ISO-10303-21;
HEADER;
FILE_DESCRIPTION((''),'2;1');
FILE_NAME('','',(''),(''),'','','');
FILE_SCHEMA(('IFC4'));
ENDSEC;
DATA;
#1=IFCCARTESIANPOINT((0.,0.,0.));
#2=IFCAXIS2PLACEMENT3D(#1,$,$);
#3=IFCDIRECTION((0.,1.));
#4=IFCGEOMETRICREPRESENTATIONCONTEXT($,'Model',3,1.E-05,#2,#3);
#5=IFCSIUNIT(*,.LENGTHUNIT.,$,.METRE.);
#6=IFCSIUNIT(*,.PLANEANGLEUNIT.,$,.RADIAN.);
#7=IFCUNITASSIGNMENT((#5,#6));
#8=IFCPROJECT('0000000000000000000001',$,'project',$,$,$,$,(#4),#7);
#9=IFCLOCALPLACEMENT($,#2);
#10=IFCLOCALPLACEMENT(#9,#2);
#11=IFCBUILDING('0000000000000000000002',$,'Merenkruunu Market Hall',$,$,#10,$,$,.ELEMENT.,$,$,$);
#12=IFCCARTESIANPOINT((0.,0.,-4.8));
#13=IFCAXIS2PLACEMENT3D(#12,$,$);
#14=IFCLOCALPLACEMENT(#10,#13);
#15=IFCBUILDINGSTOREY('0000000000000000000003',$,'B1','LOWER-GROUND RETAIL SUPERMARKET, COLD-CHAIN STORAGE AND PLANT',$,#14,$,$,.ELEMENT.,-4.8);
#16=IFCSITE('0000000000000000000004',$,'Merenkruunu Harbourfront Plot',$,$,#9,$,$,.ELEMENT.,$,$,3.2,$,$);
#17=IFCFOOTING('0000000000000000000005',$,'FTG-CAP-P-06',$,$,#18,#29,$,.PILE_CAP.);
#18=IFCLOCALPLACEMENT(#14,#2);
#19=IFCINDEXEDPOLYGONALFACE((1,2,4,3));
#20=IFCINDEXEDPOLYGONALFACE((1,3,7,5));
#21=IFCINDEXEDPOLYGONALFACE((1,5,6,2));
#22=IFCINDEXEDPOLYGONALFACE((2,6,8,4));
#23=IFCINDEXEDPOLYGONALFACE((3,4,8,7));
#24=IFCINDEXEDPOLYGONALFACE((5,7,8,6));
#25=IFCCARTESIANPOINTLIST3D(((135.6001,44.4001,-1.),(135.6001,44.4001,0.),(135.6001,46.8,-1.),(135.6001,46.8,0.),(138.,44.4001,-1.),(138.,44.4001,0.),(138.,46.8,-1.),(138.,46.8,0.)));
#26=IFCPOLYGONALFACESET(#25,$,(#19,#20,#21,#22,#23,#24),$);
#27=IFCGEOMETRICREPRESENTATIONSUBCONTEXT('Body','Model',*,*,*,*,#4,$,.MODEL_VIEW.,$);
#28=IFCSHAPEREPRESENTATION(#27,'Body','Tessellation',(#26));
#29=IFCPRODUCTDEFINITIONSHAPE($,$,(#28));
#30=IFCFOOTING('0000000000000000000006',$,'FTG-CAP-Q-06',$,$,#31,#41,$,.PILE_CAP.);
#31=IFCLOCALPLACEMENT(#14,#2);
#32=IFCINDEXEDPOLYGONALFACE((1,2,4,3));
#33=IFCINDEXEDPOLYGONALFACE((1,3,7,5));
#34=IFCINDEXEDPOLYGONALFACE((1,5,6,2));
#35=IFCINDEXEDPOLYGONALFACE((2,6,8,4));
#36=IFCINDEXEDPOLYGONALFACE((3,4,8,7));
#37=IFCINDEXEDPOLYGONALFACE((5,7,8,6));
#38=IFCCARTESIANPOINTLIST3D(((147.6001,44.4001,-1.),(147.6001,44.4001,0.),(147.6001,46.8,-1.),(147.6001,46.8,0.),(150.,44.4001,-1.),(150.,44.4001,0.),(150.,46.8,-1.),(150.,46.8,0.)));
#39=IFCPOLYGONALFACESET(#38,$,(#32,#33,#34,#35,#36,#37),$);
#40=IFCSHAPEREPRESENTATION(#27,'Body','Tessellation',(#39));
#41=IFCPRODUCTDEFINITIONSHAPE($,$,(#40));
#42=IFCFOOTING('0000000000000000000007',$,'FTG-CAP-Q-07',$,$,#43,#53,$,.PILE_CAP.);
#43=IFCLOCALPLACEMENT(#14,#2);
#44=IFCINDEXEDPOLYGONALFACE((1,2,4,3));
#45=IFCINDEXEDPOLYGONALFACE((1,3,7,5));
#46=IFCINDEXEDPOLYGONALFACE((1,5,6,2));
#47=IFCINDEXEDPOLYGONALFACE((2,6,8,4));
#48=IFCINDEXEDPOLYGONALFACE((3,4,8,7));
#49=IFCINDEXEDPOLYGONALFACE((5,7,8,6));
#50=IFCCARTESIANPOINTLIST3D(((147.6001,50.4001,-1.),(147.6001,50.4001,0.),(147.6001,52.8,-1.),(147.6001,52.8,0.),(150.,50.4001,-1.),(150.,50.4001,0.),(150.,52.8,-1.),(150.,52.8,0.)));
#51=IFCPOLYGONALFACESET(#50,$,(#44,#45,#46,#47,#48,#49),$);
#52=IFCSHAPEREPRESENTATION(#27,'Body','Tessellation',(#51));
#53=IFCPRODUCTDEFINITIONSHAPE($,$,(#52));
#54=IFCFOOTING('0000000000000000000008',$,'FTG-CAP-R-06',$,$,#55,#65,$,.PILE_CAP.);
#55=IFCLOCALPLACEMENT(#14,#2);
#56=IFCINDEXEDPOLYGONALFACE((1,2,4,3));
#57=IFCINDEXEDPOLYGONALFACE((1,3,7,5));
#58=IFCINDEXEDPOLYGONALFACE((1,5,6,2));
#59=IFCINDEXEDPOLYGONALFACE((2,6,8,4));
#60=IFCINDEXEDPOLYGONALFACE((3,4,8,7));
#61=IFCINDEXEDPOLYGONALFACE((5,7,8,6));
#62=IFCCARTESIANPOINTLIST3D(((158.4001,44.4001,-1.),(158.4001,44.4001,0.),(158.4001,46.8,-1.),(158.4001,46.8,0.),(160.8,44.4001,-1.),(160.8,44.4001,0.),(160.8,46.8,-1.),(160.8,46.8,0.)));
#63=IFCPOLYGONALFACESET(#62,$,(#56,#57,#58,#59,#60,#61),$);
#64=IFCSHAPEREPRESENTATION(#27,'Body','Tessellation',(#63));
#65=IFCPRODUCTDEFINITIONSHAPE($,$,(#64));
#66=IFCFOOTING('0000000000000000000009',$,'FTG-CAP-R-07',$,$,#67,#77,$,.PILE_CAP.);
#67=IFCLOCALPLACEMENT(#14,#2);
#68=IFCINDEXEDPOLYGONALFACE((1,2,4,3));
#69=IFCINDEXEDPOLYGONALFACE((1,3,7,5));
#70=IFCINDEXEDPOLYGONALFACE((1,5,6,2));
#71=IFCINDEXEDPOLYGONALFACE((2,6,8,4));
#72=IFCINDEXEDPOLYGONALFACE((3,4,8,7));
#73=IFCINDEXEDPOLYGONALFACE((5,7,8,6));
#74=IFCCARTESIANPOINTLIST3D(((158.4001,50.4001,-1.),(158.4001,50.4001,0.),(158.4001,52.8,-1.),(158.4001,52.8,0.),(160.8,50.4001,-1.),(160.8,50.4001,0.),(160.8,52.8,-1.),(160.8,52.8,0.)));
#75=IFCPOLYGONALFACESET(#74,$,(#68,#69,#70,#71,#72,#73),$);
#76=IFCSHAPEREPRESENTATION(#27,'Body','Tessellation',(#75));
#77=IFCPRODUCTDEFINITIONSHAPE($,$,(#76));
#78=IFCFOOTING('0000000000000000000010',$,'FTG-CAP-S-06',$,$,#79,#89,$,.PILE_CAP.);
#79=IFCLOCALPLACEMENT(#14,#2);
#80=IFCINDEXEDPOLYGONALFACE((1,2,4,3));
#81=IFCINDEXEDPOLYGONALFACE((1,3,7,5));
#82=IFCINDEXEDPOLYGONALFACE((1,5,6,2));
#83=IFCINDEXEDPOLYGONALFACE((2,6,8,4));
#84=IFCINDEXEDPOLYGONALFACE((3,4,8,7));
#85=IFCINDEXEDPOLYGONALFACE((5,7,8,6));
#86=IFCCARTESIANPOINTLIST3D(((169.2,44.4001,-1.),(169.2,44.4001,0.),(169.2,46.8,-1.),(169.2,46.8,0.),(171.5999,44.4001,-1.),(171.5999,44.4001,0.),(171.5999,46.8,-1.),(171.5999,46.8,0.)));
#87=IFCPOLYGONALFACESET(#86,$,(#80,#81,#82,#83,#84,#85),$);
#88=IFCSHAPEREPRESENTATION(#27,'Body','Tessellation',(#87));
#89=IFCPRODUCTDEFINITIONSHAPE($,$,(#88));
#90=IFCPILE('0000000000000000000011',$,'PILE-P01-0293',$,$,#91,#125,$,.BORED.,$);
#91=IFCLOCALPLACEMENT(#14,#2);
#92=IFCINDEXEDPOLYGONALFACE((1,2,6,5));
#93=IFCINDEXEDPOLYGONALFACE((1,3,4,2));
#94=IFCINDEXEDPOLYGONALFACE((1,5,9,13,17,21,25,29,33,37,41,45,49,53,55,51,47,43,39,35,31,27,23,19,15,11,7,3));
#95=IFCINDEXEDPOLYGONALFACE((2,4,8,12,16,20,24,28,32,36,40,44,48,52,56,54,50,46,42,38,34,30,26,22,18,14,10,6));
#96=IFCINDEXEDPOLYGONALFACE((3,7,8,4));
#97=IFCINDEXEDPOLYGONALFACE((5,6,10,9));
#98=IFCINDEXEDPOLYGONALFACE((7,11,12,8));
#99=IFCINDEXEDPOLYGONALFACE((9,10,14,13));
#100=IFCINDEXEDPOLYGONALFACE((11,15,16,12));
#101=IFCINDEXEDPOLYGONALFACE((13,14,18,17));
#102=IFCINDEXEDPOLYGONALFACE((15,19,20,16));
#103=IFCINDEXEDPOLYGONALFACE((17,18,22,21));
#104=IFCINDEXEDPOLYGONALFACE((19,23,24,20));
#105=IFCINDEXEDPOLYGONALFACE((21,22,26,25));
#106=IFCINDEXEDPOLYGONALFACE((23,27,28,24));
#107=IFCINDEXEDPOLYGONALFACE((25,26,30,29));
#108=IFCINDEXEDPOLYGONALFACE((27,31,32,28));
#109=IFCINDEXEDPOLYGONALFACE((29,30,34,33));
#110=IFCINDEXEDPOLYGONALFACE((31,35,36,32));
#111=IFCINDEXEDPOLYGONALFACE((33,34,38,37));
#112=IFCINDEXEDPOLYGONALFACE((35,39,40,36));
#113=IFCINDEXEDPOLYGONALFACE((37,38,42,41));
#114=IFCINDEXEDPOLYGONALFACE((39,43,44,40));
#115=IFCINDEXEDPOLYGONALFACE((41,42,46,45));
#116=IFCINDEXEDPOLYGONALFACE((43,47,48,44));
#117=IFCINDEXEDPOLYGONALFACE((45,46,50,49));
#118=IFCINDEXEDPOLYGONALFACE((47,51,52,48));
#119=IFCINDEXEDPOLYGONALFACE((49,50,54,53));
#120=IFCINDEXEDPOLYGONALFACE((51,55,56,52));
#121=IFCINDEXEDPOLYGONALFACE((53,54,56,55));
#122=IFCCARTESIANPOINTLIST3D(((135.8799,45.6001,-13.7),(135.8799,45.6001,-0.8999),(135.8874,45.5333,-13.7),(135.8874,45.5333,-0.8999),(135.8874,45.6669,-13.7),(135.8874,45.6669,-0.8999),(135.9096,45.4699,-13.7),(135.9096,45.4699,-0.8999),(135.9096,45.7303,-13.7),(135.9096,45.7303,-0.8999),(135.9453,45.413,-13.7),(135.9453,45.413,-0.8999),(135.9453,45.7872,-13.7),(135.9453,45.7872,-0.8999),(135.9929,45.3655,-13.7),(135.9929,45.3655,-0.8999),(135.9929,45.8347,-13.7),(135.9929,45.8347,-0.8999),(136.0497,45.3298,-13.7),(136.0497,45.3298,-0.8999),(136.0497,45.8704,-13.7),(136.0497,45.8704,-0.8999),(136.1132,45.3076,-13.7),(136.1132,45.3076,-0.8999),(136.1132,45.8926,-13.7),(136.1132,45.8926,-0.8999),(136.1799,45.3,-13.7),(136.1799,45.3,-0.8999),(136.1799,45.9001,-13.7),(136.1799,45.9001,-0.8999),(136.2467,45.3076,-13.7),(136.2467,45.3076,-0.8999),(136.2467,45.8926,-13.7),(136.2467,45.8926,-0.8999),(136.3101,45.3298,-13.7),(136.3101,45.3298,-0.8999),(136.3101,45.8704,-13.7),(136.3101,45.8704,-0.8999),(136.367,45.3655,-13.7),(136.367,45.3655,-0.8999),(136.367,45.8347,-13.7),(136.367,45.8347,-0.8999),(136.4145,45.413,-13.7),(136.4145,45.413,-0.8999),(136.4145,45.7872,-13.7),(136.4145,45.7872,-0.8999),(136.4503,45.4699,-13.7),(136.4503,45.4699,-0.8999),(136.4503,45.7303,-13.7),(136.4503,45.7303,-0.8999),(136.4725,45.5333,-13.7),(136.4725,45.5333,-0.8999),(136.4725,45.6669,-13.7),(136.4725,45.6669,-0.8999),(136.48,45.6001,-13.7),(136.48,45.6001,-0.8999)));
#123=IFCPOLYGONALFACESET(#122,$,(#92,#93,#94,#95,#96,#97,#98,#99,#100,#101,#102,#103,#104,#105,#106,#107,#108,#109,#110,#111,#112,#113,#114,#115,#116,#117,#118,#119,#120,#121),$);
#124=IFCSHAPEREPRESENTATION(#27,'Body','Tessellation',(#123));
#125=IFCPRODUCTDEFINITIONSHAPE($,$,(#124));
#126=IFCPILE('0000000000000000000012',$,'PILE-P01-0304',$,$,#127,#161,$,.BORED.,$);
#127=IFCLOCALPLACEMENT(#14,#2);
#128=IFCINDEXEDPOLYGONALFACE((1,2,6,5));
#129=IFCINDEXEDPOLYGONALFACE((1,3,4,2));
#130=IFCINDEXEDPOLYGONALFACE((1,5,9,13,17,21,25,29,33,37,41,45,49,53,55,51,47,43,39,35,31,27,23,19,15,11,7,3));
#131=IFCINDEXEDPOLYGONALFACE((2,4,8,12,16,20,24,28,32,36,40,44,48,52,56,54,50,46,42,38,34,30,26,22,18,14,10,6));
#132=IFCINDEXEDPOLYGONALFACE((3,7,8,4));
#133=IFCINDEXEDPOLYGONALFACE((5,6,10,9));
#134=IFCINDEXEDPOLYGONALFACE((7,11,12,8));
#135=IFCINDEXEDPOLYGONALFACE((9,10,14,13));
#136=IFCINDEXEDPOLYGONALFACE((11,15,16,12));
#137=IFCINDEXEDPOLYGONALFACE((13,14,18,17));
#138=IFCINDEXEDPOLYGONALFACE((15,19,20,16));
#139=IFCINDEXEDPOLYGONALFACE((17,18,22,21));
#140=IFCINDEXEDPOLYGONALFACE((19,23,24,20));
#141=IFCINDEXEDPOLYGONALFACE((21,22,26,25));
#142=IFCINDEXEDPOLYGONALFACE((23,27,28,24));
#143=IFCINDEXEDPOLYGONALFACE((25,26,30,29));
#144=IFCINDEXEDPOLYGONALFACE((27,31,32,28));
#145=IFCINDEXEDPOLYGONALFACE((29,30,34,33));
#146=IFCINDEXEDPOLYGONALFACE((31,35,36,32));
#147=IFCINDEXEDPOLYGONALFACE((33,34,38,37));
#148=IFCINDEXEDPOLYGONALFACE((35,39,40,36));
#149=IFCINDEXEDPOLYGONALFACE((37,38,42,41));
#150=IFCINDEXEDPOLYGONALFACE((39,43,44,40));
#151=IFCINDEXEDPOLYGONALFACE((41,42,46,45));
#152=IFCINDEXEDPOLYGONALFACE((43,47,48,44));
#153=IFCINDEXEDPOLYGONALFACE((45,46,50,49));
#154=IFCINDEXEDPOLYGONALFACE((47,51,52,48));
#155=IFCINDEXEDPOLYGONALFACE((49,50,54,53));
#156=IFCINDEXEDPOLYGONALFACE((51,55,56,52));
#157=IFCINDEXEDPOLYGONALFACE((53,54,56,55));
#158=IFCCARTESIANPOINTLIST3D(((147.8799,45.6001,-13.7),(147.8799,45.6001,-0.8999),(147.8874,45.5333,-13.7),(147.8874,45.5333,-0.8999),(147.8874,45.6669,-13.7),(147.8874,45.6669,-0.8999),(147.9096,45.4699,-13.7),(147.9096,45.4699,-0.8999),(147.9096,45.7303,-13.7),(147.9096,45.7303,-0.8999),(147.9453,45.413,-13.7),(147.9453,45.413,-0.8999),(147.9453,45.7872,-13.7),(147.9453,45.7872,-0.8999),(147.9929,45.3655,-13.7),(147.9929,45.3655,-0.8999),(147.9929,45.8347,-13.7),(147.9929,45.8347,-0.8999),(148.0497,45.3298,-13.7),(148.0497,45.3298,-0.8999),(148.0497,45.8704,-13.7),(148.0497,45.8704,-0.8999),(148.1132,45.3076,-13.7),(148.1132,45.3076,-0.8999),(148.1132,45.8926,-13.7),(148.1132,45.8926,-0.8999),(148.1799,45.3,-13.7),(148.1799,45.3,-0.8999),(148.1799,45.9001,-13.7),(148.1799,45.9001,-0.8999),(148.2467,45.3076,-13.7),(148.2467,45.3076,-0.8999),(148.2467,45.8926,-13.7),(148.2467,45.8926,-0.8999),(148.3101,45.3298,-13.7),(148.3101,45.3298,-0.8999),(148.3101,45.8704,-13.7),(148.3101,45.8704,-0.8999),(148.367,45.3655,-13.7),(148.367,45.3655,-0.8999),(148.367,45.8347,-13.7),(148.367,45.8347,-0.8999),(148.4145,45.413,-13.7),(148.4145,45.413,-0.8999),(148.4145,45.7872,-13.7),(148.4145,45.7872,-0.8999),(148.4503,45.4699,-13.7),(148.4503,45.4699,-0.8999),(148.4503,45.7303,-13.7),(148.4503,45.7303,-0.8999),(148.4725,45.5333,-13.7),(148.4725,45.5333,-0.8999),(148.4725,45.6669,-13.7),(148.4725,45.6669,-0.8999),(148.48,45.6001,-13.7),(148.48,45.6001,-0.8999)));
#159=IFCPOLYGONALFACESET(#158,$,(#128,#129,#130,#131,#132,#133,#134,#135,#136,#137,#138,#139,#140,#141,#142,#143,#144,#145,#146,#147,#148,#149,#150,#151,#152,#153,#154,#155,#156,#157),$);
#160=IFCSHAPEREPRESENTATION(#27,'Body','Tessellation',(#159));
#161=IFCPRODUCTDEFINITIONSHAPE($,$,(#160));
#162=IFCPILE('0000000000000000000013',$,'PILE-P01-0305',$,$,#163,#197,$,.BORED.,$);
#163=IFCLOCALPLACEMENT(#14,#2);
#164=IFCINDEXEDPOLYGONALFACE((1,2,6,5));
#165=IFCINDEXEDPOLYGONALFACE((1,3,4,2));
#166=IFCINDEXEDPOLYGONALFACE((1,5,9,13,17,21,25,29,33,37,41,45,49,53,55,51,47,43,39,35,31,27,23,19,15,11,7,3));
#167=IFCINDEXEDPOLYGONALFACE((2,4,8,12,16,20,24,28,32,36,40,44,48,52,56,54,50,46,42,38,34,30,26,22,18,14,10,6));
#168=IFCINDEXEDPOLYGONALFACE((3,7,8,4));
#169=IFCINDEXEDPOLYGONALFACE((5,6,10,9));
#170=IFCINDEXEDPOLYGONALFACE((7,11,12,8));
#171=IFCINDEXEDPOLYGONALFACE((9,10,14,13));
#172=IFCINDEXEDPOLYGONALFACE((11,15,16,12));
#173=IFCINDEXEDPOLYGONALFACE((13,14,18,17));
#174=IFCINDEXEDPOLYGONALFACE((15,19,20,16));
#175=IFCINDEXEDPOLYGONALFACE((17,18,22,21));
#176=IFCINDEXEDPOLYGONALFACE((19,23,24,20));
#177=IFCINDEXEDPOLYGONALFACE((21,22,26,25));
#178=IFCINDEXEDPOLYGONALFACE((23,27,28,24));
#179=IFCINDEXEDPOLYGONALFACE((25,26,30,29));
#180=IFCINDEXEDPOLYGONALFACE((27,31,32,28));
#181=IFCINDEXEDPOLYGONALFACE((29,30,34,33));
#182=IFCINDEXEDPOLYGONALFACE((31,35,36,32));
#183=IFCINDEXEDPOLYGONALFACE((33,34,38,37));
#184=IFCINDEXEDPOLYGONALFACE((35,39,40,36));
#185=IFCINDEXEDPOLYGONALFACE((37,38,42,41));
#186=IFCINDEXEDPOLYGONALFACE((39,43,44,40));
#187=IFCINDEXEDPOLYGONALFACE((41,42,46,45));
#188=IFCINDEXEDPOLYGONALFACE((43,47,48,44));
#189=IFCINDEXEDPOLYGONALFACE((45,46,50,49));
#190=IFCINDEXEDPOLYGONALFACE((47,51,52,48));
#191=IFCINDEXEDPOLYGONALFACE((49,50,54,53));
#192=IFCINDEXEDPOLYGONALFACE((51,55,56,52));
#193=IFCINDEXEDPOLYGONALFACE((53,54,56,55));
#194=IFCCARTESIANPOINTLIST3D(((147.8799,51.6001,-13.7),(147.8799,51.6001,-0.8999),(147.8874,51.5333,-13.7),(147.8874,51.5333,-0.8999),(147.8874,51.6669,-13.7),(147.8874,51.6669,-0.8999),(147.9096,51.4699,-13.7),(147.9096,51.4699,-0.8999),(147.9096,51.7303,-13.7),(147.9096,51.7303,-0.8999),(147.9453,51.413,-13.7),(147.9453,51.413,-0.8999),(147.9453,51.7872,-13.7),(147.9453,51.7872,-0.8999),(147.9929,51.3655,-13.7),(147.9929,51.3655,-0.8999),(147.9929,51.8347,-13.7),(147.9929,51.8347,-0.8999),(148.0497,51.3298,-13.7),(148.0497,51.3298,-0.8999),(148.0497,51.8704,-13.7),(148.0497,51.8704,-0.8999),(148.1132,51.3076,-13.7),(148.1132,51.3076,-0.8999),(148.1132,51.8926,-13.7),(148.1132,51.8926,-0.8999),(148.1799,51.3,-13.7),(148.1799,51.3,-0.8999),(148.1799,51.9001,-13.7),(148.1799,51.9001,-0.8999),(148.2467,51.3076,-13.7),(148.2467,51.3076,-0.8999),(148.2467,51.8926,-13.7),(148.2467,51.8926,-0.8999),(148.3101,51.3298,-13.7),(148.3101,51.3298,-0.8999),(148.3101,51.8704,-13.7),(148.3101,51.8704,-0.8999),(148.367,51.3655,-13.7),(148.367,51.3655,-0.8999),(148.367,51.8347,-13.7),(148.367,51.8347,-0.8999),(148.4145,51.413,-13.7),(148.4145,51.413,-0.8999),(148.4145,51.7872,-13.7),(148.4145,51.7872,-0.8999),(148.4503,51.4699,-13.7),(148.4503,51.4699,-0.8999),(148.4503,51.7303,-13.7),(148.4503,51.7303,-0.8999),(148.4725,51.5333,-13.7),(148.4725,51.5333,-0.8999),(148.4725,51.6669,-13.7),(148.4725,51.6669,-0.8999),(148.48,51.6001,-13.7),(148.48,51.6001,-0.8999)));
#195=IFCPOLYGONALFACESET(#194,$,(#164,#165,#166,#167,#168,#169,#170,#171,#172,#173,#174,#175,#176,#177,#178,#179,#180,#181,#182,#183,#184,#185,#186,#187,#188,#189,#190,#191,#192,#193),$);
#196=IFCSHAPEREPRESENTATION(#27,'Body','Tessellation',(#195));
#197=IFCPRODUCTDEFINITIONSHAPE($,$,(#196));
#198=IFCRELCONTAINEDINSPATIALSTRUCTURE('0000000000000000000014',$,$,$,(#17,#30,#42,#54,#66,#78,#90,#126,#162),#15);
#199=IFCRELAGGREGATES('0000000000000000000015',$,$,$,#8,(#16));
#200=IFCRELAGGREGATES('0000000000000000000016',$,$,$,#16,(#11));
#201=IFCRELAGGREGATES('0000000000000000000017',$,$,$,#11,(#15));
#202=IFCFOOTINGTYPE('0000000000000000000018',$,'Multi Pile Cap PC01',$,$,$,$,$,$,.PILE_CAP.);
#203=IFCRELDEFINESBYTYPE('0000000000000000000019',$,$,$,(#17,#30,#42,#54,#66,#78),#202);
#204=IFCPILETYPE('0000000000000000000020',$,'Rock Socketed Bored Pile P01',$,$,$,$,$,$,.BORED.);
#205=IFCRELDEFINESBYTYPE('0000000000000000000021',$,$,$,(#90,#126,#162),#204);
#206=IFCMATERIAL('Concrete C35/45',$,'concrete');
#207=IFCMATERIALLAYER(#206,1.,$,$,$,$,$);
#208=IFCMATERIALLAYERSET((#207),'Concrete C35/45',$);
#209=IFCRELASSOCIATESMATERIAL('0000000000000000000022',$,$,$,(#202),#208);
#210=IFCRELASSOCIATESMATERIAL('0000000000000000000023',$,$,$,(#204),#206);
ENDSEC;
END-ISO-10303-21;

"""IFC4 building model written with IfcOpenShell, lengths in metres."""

from ifc_helpers import new_model, si_unit, direction, frame, origin, origin_2d, place, context, subcontext, project, spatial, rectangle, circle, extrude, material, layer, layer_set, material_profile, profile_set, type_object, element, save


model = new_model("IFC4")

# Units and contexts
model_context = context("Model", 3, precision=1e-05, world=origin(), true_north=direction((0.0, 1.0)))
body_context = subcontext(model_context, "Body", "Model", "MODEL_VIEW")
ifc_project = project(units=[si_unit("LENGTHUNIT", "METRE"), si_unit("PLANEANGLEUNIT", "RADIAN")], contexts=[model_context])

# Site, building, storey
site_placement = place(None, origin())
site = spatial("IfcSite", under=ifc_project, at=site_placement, Name="Merenkruunu Harbourfront Plot", CompositionType="ELEMENT", RefElevation=3.2)
building_placement = place(site_placement, origin())
building = spatial("IfcBuilding", under=site, at=building_placement, Name="Merenkruunu Market Hall", CompositionType="ELEMENT")
storey_placement = place(building_placement, frame((0.0, 0.0, -4.8)))
storey = spatial("IfcBuildingStorey", under=building, at=storey_placement, Name="B1", Description="LOWER-GROUND RETAIL SUPERMARKET, COLD-CHAIN STORAGE AND PLANT", CompositionType="ELEMENT", Elevation=-4.8)

# Footings
ifc_material = material(Name="Concrete C35/45", Category="concrete")
ifc_layer_1 = layer(ifc_material, 1.0)
ifc_layer_set_1 = layer_set([ifc_layer_1], Name="Concrete C35/45")
footing_type_1 = type_object("IfcFootingType", Name="Multi Pile Cap PC01", PredefinedType="PILE_CAP", material=ifc_layer_set_1)
for number, where, z_axis, x_axis, name in (
    (1, (136.8, 45.6001, -1.0), (0.0, 0.0, 1.0), (1.0, 0.0, 0.0), "FTG-CAP-P-06"),
    (2, (148.8, 45.6001, -1.0), (0.0, 0.0, 1.0), (1.0, 0.0, 0.0), "FTG-CAP-Q-06"),
    (3, (148.8, 51.6001, -1.0), (0.0, 0.0, 1.0), (1.0, 0.0, 0.0), "FTG-CAP-Q-07"),
    (4, (159.6001, 45.6001, -1.0), (0.0, 0.0, 1.0), (1.0, 0.0, 0.0), "FTG-CAP-R-06"),
    (5, (159.6001, 51.6001, -1.0), (0.0, 0.0, 1.0), (1.0, 0.0, 0.0), "FTG-CAP-R-07"),
    (6, (170.3999, 45.6001, -1.0), (0.0, 0.0, 1.0), (1.0, 0.0, 0.0), "FTG-CAP-S-06"),
):
    element("IfcFooting", number, at=place(storey_placement, frame(where, z_axis=z_axis, x_axis=x_axis)), inside=storey, type_object=footing_type_1, Name=name, PredefinedType="PILE_CAP", context=body_context, shape_type="SweptSolid", body=[
        extrude(rectangle(XDim=2.3999, YDim=2.3999, at=origin_2d()), origin(), (0.0, 0.0, 1.0), 1.0),
    ])

# Piles
ifc_material_profile_1 = material_profile(ifc_material, circle(Radius=0.3, at=origin_2d()), Name="BORED PILE 600")
ifc_profile_set_1 = profile_set([ifc_material_profile_1], Name="Concrete C35/45")
pile_type_1 = type_object("IfcPileType", Name="Rock Socketed Bored Pile P01", PredefinedType="BORED", material=ifc_profile_set_1)
for number, where, z_axis, x_axis, name in (
    (7, (136.1799, 45.6001, -0.8999), (0.0, 0.0, -1.0), (1.0, 0.0, 0.0), "PILE-P01-0293"),
    (8, (148.1799, 45.6001, -0.8999), (0.0, 0.0, -1.0), (1.0, 0.0, 0.0), "PILE-P01-0304"),
    (9, (148.1799, 51.6001, -0.8999), (0.0, 0.0, -1.0), (1.0, 0.0, 0.0), "PILE-P01-0305"),
):
    element("IfcPile", number, at=place(storey_placement, frame(where, z_axis=z_axis, x_axis=x_axis)), inside=storey, type_object=pile_type_1, Name=name, PredefinedType="BORED", context=body_context, shape_type="SweptSolid", body=[
        extrude(circle(Radius=0.3, at=origin_2d()), origin(), (0.0, 0.0, 1.0), 12.8),
    ])

save(model, "model.ifc")
